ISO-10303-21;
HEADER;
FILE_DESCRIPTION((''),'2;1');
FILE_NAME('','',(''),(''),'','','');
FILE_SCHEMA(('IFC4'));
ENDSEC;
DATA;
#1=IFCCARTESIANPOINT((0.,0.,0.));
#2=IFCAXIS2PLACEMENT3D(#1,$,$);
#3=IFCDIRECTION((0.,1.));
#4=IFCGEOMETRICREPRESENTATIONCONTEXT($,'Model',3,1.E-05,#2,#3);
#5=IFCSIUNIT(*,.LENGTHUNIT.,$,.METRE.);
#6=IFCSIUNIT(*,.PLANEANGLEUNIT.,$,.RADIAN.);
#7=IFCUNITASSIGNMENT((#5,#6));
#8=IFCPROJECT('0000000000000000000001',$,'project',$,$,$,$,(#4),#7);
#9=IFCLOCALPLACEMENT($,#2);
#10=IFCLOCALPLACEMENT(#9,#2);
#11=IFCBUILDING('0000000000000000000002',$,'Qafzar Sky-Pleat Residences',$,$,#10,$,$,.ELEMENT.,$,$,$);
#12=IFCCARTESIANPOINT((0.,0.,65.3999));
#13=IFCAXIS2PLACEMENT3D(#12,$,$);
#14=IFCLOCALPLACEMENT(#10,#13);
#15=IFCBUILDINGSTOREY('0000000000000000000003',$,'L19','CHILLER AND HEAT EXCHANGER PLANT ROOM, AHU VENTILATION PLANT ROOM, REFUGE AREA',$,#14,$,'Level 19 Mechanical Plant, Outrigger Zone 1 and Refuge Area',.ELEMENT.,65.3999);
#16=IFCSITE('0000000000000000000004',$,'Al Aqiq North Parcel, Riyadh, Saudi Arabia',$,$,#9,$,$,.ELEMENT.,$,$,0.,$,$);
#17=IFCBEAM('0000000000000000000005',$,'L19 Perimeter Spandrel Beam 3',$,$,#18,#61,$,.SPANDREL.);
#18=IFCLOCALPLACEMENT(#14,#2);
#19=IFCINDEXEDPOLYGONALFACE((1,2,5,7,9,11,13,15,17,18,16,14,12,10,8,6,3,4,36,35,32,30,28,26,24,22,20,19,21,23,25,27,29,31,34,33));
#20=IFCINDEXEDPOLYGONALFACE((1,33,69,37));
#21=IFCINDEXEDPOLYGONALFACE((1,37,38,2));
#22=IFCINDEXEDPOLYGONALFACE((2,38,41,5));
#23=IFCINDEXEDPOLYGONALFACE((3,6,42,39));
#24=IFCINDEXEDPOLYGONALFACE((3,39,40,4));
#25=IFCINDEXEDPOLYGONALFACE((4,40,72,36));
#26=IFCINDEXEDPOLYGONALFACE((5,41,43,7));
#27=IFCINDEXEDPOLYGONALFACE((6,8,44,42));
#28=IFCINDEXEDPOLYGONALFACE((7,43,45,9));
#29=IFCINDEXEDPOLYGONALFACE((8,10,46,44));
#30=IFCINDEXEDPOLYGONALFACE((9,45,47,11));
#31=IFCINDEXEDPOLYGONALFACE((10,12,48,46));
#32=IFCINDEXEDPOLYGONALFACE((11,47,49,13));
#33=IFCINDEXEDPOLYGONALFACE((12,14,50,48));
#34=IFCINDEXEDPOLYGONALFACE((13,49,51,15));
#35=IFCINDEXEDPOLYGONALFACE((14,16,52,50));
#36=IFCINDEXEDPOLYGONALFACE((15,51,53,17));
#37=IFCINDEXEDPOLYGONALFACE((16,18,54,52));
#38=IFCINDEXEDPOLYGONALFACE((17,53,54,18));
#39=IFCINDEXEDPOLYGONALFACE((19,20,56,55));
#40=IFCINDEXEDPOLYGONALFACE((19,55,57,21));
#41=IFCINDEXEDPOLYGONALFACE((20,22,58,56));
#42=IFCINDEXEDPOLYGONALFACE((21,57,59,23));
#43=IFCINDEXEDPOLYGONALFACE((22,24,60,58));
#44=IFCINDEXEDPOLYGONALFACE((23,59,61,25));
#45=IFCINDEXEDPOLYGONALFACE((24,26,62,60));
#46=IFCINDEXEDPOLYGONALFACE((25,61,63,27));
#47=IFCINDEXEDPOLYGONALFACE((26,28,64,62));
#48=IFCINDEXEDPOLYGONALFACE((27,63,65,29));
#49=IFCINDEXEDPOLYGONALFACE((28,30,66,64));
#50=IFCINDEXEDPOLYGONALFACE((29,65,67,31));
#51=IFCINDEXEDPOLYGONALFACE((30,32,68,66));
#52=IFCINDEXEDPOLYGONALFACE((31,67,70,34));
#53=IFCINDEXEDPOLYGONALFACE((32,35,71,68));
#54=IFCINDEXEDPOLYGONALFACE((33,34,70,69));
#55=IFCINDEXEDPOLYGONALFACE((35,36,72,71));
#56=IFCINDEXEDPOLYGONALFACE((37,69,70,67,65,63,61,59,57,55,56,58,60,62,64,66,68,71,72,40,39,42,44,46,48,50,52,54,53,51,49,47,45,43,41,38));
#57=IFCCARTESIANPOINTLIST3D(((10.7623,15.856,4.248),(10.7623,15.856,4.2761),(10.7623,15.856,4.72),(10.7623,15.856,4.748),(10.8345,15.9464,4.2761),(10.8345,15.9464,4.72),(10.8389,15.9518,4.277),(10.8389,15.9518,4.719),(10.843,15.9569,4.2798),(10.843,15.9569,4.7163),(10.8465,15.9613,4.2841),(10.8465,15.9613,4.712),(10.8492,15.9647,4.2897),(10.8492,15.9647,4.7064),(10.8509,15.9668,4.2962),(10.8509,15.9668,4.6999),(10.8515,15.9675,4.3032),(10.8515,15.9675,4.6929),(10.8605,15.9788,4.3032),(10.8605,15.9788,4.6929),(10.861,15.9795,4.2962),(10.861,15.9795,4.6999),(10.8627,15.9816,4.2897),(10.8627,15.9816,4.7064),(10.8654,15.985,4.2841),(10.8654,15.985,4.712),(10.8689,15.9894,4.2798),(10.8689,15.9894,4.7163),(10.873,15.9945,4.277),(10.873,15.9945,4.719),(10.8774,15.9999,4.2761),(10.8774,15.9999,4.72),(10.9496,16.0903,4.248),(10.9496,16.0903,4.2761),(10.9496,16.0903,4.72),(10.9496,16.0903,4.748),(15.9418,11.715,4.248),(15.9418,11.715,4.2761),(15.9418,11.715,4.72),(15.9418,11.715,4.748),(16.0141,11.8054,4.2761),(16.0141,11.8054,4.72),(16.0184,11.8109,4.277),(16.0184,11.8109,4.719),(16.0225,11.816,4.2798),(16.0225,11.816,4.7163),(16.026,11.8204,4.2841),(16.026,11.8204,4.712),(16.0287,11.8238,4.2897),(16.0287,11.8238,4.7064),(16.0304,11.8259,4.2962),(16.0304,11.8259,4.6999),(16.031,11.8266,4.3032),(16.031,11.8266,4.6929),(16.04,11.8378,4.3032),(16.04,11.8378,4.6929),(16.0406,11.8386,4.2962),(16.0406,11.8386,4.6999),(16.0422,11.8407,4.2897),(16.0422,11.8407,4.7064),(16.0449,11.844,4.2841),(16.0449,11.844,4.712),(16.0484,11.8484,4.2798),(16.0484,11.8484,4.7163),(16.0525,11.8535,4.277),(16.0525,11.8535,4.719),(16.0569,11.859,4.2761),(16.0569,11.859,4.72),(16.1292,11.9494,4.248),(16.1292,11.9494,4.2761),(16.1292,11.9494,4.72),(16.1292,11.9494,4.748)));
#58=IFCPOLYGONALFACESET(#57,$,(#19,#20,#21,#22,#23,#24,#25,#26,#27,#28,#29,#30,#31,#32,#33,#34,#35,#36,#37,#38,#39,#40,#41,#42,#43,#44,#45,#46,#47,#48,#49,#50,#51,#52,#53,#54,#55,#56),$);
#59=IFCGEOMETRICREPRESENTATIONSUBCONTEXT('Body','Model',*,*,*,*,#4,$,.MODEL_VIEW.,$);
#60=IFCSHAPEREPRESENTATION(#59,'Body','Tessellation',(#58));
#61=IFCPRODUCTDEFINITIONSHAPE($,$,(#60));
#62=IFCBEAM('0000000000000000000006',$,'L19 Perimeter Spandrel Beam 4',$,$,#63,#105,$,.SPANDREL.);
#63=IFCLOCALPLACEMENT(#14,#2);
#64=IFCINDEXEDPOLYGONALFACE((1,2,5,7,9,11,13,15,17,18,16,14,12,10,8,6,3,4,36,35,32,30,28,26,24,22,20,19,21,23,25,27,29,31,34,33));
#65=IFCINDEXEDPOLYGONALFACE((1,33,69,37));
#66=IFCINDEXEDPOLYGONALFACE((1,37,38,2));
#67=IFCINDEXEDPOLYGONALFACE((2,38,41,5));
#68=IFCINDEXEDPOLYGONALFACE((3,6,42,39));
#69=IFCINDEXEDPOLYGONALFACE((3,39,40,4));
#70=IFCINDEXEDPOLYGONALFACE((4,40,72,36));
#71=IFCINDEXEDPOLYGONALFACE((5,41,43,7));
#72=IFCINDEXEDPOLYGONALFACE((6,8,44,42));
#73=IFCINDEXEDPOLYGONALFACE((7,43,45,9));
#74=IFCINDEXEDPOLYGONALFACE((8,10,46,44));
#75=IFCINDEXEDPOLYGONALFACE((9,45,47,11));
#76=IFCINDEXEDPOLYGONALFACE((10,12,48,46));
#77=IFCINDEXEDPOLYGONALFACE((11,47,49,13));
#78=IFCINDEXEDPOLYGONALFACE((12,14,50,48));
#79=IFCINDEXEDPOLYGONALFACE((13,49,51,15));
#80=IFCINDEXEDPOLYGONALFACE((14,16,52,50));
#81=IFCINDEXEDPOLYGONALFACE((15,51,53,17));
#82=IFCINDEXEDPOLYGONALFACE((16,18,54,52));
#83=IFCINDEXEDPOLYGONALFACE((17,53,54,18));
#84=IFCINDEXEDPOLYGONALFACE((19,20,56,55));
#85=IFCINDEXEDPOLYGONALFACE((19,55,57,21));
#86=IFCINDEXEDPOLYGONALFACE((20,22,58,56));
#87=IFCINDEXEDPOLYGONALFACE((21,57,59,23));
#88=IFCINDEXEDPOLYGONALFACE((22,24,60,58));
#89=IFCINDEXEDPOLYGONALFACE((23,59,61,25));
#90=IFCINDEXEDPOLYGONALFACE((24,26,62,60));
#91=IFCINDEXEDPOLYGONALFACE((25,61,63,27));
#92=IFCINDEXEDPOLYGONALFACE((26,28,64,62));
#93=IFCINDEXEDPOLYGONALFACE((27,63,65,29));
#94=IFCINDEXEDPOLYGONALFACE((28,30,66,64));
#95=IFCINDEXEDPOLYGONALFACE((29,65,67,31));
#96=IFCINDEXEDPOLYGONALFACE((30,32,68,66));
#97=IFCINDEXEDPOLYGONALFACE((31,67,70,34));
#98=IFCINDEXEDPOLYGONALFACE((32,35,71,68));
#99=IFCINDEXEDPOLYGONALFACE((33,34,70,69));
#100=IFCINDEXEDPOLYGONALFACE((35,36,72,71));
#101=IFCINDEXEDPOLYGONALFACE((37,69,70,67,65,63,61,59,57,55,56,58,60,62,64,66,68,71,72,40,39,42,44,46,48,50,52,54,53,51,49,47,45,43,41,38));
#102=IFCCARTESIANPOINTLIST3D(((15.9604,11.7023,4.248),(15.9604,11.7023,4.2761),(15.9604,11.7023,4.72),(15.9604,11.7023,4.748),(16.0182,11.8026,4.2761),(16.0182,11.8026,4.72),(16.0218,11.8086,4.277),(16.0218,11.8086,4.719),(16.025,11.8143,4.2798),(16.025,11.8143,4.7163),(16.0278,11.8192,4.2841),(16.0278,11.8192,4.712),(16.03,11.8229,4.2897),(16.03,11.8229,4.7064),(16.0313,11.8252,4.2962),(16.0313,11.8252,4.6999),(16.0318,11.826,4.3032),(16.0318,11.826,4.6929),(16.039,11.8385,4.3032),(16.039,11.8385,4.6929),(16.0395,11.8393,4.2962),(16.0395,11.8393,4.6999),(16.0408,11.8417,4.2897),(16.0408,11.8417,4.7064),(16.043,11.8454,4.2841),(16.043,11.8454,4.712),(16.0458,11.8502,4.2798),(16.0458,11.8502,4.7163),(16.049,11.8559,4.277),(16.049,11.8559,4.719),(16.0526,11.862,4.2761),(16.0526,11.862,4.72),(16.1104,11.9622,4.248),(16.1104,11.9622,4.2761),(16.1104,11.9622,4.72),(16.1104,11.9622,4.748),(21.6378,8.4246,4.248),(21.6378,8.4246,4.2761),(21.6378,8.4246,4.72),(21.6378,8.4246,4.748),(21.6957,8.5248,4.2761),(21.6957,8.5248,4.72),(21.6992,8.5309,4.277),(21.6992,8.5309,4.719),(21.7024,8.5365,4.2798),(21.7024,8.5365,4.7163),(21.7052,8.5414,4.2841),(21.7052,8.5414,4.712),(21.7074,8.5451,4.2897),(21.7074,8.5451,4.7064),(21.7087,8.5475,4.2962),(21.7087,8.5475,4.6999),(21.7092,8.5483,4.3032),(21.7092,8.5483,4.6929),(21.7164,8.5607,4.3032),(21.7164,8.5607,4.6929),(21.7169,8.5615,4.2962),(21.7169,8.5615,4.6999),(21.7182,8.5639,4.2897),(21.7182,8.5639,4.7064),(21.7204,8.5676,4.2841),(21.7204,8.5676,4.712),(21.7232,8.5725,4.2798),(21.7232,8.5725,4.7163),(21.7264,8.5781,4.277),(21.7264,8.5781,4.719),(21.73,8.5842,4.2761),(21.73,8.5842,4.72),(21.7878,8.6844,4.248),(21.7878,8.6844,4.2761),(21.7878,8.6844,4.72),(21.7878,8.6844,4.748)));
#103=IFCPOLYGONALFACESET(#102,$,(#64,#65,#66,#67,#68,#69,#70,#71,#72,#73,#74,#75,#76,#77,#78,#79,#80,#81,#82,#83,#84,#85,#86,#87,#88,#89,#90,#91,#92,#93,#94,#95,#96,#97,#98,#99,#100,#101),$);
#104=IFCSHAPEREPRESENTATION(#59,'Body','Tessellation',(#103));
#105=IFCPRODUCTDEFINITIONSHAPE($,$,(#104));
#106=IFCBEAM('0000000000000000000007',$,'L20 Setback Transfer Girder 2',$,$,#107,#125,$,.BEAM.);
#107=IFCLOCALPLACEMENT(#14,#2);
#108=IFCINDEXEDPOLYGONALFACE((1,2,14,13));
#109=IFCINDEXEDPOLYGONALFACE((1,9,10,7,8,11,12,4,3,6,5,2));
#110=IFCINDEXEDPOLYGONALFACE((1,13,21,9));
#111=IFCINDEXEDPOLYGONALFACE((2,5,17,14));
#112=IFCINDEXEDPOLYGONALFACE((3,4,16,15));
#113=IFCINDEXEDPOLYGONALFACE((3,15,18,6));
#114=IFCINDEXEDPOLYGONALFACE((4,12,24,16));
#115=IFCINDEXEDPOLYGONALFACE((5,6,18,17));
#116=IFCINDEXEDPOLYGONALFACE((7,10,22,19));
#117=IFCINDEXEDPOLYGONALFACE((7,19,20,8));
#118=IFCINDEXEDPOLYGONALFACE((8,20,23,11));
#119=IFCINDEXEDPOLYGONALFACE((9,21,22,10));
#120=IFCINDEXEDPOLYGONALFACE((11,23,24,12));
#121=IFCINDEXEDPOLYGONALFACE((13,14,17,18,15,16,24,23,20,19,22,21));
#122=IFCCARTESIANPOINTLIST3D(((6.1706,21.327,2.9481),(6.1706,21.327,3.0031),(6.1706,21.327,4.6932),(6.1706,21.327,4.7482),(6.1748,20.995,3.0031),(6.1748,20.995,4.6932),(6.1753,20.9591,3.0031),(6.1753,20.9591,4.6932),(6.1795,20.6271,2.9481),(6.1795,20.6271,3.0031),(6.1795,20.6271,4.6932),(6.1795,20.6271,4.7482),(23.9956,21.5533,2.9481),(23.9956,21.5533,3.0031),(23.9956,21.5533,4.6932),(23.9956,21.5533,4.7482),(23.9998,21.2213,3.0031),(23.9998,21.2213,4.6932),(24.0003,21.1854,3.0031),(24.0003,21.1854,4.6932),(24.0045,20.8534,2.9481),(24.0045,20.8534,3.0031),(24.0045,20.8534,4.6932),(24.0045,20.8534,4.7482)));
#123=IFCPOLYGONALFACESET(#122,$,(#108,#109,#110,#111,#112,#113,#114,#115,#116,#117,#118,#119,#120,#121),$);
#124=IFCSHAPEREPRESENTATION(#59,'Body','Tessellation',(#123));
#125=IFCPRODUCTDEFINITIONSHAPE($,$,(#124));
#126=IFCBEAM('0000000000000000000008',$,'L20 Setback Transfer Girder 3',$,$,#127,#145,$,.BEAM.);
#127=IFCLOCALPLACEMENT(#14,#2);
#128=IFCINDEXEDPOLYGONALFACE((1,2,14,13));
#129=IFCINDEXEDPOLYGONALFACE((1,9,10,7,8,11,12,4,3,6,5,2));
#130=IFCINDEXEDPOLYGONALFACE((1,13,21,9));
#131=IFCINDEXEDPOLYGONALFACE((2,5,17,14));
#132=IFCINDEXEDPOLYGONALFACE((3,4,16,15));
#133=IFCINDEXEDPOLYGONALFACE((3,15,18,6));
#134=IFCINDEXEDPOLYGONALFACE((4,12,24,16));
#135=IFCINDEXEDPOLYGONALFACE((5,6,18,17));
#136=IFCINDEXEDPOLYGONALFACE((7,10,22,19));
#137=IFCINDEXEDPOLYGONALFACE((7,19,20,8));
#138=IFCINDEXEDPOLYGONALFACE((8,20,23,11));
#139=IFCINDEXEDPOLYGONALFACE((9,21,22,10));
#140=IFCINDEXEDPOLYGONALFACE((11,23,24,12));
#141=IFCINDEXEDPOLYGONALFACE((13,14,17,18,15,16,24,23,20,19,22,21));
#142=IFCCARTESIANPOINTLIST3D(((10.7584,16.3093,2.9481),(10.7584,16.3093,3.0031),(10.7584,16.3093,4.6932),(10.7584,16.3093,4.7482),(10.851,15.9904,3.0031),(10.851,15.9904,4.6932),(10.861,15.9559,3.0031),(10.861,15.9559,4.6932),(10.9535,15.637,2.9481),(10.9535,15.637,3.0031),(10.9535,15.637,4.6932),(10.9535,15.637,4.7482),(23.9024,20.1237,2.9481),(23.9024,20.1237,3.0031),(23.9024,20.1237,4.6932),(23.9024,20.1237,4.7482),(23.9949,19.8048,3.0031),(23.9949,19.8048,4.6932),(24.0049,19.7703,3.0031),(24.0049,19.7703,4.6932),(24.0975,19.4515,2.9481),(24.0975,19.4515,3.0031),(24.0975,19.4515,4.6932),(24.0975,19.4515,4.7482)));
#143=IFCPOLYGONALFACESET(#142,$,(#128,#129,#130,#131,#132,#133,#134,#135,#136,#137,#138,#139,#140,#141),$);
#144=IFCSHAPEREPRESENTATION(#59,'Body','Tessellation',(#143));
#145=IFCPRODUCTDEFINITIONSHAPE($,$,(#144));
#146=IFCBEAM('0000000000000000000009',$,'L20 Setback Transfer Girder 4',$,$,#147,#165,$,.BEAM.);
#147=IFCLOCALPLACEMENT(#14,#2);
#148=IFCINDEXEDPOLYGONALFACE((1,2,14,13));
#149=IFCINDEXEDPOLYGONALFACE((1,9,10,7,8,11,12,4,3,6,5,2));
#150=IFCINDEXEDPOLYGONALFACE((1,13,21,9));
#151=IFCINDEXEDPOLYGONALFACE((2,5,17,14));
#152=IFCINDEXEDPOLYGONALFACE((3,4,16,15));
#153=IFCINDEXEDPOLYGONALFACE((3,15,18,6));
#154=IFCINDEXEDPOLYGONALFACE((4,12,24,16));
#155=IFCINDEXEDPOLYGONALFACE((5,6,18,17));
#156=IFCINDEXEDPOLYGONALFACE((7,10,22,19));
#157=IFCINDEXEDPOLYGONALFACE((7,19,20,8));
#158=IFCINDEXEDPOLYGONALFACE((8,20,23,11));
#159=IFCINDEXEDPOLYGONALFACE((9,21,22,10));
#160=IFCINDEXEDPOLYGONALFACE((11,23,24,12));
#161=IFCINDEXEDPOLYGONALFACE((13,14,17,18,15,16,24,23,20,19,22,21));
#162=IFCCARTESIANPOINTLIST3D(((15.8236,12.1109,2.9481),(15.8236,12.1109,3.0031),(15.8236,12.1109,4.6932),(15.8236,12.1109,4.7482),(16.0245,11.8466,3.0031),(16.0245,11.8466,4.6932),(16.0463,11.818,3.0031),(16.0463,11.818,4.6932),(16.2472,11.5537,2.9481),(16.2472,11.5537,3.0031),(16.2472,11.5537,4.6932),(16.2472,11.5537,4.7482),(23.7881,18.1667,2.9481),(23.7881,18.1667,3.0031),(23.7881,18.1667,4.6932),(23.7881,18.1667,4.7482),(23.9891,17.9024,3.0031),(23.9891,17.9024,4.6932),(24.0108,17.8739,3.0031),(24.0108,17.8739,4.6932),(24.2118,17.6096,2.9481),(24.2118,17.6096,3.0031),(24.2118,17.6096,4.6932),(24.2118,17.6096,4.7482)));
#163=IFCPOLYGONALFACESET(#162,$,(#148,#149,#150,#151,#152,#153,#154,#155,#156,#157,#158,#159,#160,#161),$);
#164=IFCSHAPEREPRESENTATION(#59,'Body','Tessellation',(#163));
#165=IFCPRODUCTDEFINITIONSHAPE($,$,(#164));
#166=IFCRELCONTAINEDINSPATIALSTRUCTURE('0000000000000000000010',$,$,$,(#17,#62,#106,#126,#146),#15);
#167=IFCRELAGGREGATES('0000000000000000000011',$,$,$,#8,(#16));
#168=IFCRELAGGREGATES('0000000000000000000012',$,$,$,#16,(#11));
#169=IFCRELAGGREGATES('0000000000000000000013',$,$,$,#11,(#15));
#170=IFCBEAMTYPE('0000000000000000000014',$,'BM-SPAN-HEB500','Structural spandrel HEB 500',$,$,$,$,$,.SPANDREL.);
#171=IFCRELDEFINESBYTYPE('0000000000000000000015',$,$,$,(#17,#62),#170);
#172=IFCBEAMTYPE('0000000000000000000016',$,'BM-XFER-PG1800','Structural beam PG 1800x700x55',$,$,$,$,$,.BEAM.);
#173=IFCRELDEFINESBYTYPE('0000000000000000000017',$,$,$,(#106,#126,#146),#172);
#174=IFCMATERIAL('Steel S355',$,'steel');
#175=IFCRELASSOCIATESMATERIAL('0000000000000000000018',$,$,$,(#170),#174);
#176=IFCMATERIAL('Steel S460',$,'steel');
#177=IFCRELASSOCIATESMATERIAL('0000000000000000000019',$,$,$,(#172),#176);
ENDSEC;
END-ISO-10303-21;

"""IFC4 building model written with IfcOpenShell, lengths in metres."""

from ifc_helpers import new_model, si_unit, direction, frame, origin, origin_2d, place, context, subcontext, project, spatial, i_section, extrude, source, transform, mapped, material, material_profile, profile_set, type_object, element, save


model = new_model("IFC4")

# Units and contexts
model_context = context("Model", 3, precision=1e-05, world=origin(), true_north=direction((0.0, 1.0)))
body_context = subcontext(model_context, "Body", "Model", "MODEL_VIEW")
ifc_project = project(units=[si_unit("LENGTHUNIT", "METRE"), si_unit("PLANEANGLEUNIT", "RADIAN")], contexts=[model_context])

# Site, building, storey
site_placement = place(None, origin())
site = spatial("IfcSite", under=ifc_project, at=site_placement, Name="Al Aqiq North Parcel, Riyadh, Saudi Arabia", CompositionType="ELEMENT", RefElevation=0.0)
building_placement = place(site_placement, origin())
building = spatial("IfcBuilding", under=site, at=building_placement, Name="Qafzar Sky-Pleat Residences", CompositionType="ELEMENT")
storey_placement = place(building_placement, frame((0.0, 0.0, 65.3999)))
storey = spatial("IfcBuildingStorey", under=building, at=storey_placement, Name="L19", Description="CHILLER AND HEAT EXCHANGER PLANT ROOM, AHU VENTILATION PLANT ROOM, REFUGE AREA", LongName="Level 19 Mechanical Plant, Outrigger Zone 1 and Refuge Area", CompositionType="ELEMENT", Elevation=65.3999)

# Shared definitions
ifc_material_1 = material(Name="Steel S460", Category="steel")

# Beams
ifc_material_2 = material(Name="Steel S355", Category="steel")
ifc_material_profile_1 = material_profile(ifc_material_2, i_section(OverallWidth=0.3, OverallDepth=0.5, WebThickness=0.0144, FlangeThickness=0.0281, FilletRadius=0.0271, at=origin_2d()), Name="HEB 500")
ifc_profile_set_1 = profile_set([ifc_material_profile_1], Name="Steel S355")
beam_type_1 = type_object("IfcBeamType", Name="BM-SPAN-HEB500", Description="Structural spandrel HEB 500", PredefinedType="SPANDREL", material=ifc_profile_set_1)
shared_shape_1 = source(origin(), body_context, "Body", "SweptSolid", [
    extrude(i_section(OverallWidth=0.3, OverallDepth=0.5, WebThickness=0.0144, FlangeThickness=0.0281, FilletRadius=0.0271, at=origin_2d()), origin(), (0.0, 0.0, 1.0), 6.6313),
])
beam_1_placement = place(storey_placement, frame((10.856, 15.9731, 4.498), z_axis=(0.781066, -0.624448, 0.0), x_axis=(0.624448, 0.781066, 0.0)))
element("IfcBeam", 1, at=beam_1_placement, inside=storey, type_object=beam_type_1, Name="L19 Perimeter Spandrel Beam 3", PredefinedType="SPANDREL", context=body_context, shape_type="MappedRepresentation", body=[
    mapped(shared_shape_1, transform((0.0, 0.0, 0.0), x_axis=(1.0, 0.0, 0.0), y_axis=(0.0, 1.0, 0.0), z_axis=(0.0, 0.0, 1.0), scale=1.0)),
])
shared_shape_2 = source(origin(), body_context, "Body", "SweptSolid", [
    extrude(i_section(OverallWidth=0.3, OverallDepth=0.5, WebThickness=0.0144, FlangeThickness=0.0281, FilletRadius=0.0271, at=origin_2d()), origin(), (0.0, 0.0, 1.0), 6.5557),
])
beam_2_placement = place(storey_placement, frame((16.0354, 11.8323, 4.498), z_axis=(0.86603, -0.499992, 0.0), x_axis=(0.499992, 0.86603, 0.0)))
element("IfcBeam", 2, at=beam_2_placement, inside=storey, type_object=beam_type_1, Name="L19 Perimeter Spandrel Beam 4", PredefinedType="SPANDREL", context=body_context, shape_type="MappedRepresentation", body=[
    mapped(shared_shape_2, transform((0.0, 0.0, 0.0), x_axis=(1.0, 0.0, 0.0), y_axis=(0.0, 1.0, 0.0), z_axis=(0.0, 0.0, 1.0), scale=1.0)),
])
ifc_material_profile_2 = material_profile(ifc_material_1, i_section(OverallWidth=0.7, OverallDepth=1.8, WebThickness=0.0359, FlangeThickness=0.0549, at=origin_2d()), Name="PG 1800x700x55")
ifc_profile_set_2 = profile_set([ifc_material_profile_2], Name="Steel S460")
beam_type_2 = type_object("IfcBeamType", Name="BM-XFER-PG1800", Description="Structural beam PG 1800x700x55", PredefinedType="BEAM", material=ifc_profile_set_2)
shared_shape_3 = source(origin(), body_context, "Body", "SweptSolid", [
    extrude(i_section(OverallWidth=0.7, OverallDepth=1.8, WebThickness=0.0359, FlangeThickness=0.0549, at=origin_2d()), origin(), (0.0, 0.0, 1.0), 17.8264),
])
beam_3_placement = place(storey_placement, frame((6.175, 20.9771, 3.8481), z_axis=(0.999919, 0.012696, 0.0), x_axis=(-0.012696, 0.999919, 0.0)))
element("IfcBeam", 3, at=beam_3_placement, inside=storey, type_object=beam_type_2, Name="L20 Setback Transfer Girder 2", PredefinedType="BEAM", context=body_context, shape_type="MappedRepresentation", body=[
    mapped(shared_shape_3, transform((0.0, 0.0, 0.0), x_axis=(1.0, 0.0, 0.0), y_axis=(0.0, 1.0, 0.0), z_axis=(0.0, 0.0, 1.0), scale=1.0)),
])
shared_shape_4 = source(origin(), body_context, "Body", "SweptSolid", [
    extrude(i_section(OverallWidth=0.7, OverallDepth=1.8, WebThickness=0.0359, FlangeThickness=0.0549, at=origin_2d()), origin(), (0.0, 0.0, 1.0), 13.6863),
])
beam_4_placement = place(storey_placement, frame((10.856, 15.9731, 3.8481), z_axis=(0.960377, 0.278705, 0.0), x_axis=(-0.278705, 0.960377, 0.0)))
element("IfcBeam", 4, at=beam_4_placement, inside=storey, type_object=beam_type_2, Name="L20 Setback Transfer Girder 3", PredefinedType="BEAM", context=body_context, shape_type="MappedRepresentation", body=[
    mapped(shared_shape_4, transform((0.0, 0.0, 0.0), x_axis=(1.0, 0.0, 0.0), y_axis=(0.0, 1.0, 0.0), z_axis=(0.0, 0.0, 1.0), scale=1.0)),
])
shared_shape_5 = source(origin(), body_context, "Body", "SweptSolid", [
    extrude(i_section(OverallWidth=0.7, OverallDepth=1.8, WebThickness=0.0359, FlangeThickness=0.0549, at=origin_2d()), origin(), (0.0, 0.0, 1.0), 10.0054),
])
beam_5_placement = place(storey_placement, frame((16.0354, 11.8323, 3.8481), z_axis=(0.796027, 0.605261, 0.0), x_axis=(-0.605261, 0.796027, 0.0)))
element("IfcBeam", 5, at=beam_5_placement, inside=storey, type_object=beam_type_2, Name="L20 Setback Transfer Girder 4", PredefinedType="BEAM", context=body_context, shape_type="MappedRepresentation", body=[
    mapped(shared_shape_5, transform((0.0, 0.0, 0.0), x_axis=(1.0, 0.0, 0.0), y_axis=(0.0, 1.0, 0.0), z_axis=(0.0, 0.0, 1.0), scale=1.0)),
])

save(model, "model.ifc")
